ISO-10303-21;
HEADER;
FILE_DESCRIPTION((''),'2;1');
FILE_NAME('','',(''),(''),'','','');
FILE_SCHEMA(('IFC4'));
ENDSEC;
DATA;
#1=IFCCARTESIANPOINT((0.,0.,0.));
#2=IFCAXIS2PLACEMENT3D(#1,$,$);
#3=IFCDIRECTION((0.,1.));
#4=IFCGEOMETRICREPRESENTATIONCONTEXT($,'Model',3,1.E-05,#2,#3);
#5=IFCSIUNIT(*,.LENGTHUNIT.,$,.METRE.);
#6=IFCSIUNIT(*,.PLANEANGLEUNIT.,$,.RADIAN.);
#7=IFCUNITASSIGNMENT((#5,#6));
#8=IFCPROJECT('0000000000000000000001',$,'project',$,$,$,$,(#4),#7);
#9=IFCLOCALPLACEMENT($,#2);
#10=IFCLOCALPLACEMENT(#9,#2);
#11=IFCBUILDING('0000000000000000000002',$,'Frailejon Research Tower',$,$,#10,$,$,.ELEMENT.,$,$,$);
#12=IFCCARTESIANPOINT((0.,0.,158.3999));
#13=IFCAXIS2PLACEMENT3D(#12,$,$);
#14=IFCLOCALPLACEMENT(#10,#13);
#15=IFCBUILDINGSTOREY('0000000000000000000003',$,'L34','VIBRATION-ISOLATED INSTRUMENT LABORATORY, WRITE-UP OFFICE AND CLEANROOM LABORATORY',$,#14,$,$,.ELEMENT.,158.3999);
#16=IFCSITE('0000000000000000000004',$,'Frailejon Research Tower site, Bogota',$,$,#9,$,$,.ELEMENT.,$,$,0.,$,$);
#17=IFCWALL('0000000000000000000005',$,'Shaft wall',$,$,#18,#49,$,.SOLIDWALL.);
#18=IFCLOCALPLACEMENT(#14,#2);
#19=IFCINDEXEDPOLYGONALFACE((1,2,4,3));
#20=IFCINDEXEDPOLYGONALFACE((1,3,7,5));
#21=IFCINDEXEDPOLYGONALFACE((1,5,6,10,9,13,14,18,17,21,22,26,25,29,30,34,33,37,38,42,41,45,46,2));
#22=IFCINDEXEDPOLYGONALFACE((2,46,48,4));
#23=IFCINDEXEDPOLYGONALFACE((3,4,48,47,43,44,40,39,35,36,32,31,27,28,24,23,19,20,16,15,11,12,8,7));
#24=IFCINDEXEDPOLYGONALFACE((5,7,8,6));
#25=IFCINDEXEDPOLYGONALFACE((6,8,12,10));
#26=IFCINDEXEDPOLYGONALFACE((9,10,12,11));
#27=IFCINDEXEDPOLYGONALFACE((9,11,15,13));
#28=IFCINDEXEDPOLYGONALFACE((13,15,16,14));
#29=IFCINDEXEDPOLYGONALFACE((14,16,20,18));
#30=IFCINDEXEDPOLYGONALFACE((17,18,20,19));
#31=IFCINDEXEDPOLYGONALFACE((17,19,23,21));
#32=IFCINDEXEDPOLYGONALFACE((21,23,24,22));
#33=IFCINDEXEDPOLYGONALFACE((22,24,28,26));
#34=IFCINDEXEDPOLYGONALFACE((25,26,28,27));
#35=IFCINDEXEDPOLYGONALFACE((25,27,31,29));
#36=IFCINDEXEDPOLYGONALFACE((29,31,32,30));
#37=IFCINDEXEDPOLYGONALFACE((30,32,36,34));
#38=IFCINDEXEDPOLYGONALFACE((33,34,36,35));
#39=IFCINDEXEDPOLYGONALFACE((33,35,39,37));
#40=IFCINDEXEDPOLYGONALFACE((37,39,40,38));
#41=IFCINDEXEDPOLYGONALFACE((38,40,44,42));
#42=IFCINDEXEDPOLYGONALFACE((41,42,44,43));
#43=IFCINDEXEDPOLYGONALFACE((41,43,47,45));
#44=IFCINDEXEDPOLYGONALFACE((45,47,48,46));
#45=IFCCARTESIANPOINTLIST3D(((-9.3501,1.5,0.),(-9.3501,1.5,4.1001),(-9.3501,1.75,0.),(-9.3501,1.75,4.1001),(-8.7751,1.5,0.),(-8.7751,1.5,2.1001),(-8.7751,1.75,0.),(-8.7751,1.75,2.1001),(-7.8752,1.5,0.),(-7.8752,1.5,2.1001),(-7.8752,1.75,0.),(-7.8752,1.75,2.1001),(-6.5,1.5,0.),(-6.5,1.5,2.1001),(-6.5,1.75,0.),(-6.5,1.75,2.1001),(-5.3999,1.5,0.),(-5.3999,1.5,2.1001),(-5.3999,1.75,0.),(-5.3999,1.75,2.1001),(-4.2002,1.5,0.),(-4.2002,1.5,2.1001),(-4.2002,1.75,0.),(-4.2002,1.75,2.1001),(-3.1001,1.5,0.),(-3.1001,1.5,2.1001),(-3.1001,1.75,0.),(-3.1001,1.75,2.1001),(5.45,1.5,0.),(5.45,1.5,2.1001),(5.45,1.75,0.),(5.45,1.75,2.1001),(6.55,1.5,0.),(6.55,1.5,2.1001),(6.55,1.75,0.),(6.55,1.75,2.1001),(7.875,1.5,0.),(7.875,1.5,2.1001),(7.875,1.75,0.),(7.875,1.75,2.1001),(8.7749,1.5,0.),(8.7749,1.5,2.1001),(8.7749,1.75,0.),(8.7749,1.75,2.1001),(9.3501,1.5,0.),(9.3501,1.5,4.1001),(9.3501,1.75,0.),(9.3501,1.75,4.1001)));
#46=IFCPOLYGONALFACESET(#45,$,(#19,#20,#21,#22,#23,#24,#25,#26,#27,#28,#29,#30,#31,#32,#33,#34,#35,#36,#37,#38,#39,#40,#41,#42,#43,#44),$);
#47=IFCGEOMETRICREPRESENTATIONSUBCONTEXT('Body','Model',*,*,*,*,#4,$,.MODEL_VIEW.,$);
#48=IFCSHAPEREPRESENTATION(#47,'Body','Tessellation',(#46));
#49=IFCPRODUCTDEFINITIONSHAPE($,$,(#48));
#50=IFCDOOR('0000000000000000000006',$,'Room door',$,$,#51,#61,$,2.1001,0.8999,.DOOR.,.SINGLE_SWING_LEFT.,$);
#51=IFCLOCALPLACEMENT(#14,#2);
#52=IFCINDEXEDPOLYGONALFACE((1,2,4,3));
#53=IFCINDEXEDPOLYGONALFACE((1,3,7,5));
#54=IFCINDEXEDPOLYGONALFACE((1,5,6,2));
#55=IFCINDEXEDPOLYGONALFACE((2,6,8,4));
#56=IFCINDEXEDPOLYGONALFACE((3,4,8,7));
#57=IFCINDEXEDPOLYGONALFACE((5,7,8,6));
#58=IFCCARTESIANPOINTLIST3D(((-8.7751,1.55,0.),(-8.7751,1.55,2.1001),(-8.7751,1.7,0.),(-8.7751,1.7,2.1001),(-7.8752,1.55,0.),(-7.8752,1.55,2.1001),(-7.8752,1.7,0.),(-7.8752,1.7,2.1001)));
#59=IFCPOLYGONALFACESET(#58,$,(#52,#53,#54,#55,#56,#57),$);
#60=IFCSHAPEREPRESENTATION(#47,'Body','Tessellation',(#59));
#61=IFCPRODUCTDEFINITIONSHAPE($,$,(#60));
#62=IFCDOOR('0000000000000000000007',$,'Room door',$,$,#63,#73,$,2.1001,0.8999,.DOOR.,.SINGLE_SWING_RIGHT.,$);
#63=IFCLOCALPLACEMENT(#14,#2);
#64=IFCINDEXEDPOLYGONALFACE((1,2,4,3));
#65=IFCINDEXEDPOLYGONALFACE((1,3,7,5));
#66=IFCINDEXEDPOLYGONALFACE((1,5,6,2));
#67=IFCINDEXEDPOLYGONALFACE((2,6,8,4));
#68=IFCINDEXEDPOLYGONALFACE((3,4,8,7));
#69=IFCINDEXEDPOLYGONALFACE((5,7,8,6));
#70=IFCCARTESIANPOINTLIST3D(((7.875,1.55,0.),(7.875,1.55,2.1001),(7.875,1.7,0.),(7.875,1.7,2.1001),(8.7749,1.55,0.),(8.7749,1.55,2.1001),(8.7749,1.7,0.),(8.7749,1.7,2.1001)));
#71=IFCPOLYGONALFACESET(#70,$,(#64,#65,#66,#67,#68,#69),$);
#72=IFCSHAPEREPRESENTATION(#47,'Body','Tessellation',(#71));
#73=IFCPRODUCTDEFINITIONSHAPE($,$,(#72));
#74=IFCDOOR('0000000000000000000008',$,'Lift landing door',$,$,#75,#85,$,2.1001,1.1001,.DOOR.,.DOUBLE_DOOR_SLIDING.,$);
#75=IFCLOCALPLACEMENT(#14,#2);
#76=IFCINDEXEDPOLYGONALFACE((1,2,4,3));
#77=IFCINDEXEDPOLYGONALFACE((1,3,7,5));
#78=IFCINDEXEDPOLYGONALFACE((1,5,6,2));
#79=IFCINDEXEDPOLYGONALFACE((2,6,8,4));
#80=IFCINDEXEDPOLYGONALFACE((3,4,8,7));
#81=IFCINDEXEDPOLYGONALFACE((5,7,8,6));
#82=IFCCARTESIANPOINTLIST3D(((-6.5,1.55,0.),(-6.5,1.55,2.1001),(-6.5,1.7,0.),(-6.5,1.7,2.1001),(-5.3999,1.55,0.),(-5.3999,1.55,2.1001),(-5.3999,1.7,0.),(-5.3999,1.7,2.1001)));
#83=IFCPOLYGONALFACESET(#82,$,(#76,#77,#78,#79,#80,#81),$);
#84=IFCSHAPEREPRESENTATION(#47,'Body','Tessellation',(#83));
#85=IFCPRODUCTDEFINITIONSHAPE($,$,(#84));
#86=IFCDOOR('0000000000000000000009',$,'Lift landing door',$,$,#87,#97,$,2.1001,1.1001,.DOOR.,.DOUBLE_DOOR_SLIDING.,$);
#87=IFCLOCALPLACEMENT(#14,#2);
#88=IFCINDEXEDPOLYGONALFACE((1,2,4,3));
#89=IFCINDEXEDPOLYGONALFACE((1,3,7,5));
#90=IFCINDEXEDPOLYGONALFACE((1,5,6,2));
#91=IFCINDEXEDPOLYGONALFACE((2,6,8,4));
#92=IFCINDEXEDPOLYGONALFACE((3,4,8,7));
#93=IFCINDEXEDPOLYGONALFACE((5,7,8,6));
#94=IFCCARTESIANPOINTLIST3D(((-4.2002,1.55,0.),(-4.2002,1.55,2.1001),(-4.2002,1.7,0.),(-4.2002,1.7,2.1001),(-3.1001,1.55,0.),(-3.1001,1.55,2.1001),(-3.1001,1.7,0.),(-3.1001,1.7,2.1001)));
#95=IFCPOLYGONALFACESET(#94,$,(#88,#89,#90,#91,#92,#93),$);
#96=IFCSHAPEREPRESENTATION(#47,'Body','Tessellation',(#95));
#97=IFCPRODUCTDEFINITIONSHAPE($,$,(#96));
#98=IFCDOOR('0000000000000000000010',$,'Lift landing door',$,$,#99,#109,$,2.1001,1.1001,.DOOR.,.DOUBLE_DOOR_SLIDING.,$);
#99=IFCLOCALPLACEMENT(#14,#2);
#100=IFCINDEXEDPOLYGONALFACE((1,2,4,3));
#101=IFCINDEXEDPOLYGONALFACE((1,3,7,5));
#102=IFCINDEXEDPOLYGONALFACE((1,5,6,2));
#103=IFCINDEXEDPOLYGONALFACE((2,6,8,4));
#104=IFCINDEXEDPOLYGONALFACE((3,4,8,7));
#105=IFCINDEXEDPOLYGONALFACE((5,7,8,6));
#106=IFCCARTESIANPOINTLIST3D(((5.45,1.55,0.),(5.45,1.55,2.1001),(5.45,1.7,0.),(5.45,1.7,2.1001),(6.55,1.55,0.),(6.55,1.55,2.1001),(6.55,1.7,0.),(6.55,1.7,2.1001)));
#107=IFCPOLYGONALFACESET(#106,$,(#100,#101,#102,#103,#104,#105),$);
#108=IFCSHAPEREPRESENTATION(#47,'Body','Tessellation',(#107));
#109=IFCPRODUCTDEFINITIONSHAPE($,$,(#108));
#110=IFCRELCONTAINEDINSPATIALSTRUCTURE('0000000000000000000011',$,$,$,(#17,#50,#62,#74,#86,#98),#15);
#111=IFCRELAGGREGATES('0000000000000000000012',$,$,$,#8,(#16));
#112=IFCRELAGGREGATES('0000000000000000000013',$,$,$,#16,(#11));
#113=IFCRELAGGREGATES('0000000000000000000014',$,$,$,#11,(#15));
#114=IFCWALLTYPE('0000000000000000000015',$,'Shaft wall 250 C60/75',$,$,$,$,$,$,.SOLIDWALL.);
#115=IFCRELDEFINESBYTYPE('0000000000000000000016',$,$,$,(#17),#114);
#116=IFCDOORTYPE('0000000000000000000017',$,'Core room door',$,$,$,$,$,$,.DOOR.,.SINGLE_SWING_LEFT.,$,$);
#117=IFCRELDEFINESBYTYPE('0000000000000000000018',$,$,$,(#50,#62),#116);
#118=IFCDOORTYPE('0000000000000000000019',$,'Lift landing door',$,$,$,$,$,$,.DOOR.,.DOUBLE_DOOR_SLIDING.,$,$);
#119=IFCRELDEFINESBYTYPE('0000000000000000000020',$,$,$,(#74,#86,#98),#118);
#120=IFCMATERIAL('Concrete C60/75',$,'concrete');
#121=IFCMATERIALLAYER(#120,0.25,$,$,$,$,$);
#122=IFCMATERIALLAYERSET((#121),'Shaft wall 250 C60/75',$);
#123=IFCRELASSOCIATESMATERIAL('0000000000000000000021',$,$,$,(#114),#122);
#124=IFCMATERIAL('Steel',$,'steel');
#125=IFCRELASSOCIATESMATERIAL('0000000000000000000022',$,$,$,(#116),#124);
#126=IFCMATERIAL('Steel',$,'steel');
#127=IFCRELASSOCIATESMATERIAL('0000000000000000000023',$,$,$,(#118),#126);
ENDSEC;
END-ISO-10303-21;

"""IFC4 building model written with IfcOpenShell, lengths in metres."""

from ifc_helpers import new_model, si_unit, direction, frame, frame_2d, origin, place, context, subcontext, project, spatial, rectangle, extrude, material, layer, layer_set, type_object, element, fill, save


model = new_model("IFC4")

# Units and contexts
model_context = context("Model", 3, precision=1e-05, world=origin(), true_north=direction((0.0, 1.0)))
body_context = subcontext(model_context, "Body", "Model", "MODEL_VIEW")
ifc_project = project(units=[si_unit("LENGTHUNIT", "METRE"), si_unit("PLANEANGLEUNIT", "RADIAN")], contexts=[model_context])

# Site, building, storey
site_placement = place(None, origin())
site = spatial("IfcSite", under=ifc_project, at=site_placement, Name="Frailejon Research Tower site, Bogota", CompositionType="ELEMENT", RefElevation=0.0)
building_placement = place(site_placement, origin())
building = spatial("IfcBuilding", under=site, at=building_placement, Name="Frailejon Research Tower", CompositionType="ELEMENT")
storey_placement = place(building_placement, frame((0.0, 0.0, 158.3999)))
storey = spatial("IfcBuildingStorey", under=building, at=storey_placement, Name="L34", Description="VIBRATION-ISOLATED INSTRUMENT LABORATORY, WRITE-UP OFFICE AND CLEANROOM LABORATORY", CompositionType="ELEMENT", Elevation=158.3999)

# Wall, openings, doors
ifc_material_1 = material(Name="Concrete C60/75", Category="concrete")
ifc_layer_1 = layer(ifc_material_1, 0.25)
ifc_layer_set_1 = layer_set([ifc_layer_1], Name="Shaft wall 250 C60/75")
wall_type_1 = type_object("IfcWallType", Name="Shaft wall 250 C60/75", PredefinedType="SOLIDWALL", material=ifc_layer_set_1)
ifc_material_2 = material(Name="Steel", Category="steel")
door_type_1 = type_object("IfcDoorType", Name="Core room door", OperationType="SINGLE_SWING_LEFT", PredefinedType="DOOR", material=ifc_material_2)
wall_1_placement = place(storey_placement, frame((-9.3501, 1.625, 0.0), z_axis=(0.0, 0.0, 1.0), x_axis=(1.0, 0.0, 0.0)))
wall_1 = element("IfcWall", 1, at=wall_1_placement, inside=storey, type_object=wall_type_1, Name="Shaft wall", PredefinedType="SOLIDWALL", context=body_context, shape_type="SweptSolid", body=[
    extrude(rectangle(XDim=18.7002, YDim=0.25, at=frame_2d((9.3501, 0.0))), origin(), (0.0, 0.0, 1.0), 4.1001),
])
opening_1_placement = place(wall_1_placement, frame((2.8501, 0.0, 0.0)))
opening_1 = element("IfcOpeningElement", 2, at=opening_1_placement, cuts=wall_1, PredefinedType="OPENING", context=body_context, shape_type="SweptSolid", body=[
    extrude(rectangle(XDim=1.1001, YDim=2.1001, at=frame_2d((0.55, 1.05))), frame((0.0, 0.135, 0.0), z_axis=(0.0, -1.0, 0.0), x_axis=(1.0, 0.0, 0.0)), (0.0, 0.0, 1.0), 0.27),
])
opening_2_placement = place(wall_1_placement, frame((5.1499, 0.0, 0.0)))
opening_2 = element("IfcOpeningElement", 3, at=opening_2_placement, cuts=wall_1, PredefinedType="OPENING", context=body_context, shape_type="SweptSolid", body=[
    extrude(rectangle(XDim=1.1001, YDim=2.1001, at=frame_2d((0.55, 1.05))), frame((0.0, 0.135, 0.0), z_axis=(0.0, -1.0, 0.0), x_axis=(1.0, 0.0, 0.0)), (0.0, 0.0, 1.0), 0.27),
])
opening_3_placement = place(wall_1_placement, frame((14.8, 0.0, 0.0)))
opening_3 = element("IfcOpeningElement", 4, at=opening_3_placement, cuts=wall_1, PredefinedType="OPENING", context=body_context, shape_type="SweptSolid", body=[
    extrude(rectangle(XDim=1.1001, YDim=2.1001, at=frame_2d((0.55, 1.05))), frame((0.0, 0.135, 0.0), z_axis=(0.0, -1.0, 0.0), x_axis=(1.0, 0.0, 0.0)), (0.0, 0.0, 1.0), 0.27),
])
opening_4_placement = place(wall_1_placement, frame((0.575, 0.0, 0.0)))
opening_4 = element("IfcOpeningElement", 5, at=opening_4_placement, cuts=wall_1, PredefinedType="OPENING", context=body_context, shape_type="SweptSolid", body=[
    extrude(rectangle(XDim=0.8999, YDim=2.1001, at=frame_2d((0.45, 1.05))), frame((0.0, 0.135, 0.0), z_axis=(0.0, -1.0, 0.0), x_axis=(1.0, 0.0, 0.0)), (0.0, 0.0, 1.0), 0.27),
])
opening_5_placement = place(wall_1_placement, frame((17.2251, 0.0, 0.0)))
opening_5 = element("IfcOpeningElement", 6, at=opening_5_placement, cuts=wall_1, PredefinedType="OPENING", context=body_context, shape_type="SweptSolid", body=[
    extrude(rectangle(XDim=0.8999, YDim=2.1001, at=frame_2d((0.45, 1.05))), frame((0.0, 0.135, 0.0), z_axis=(0.0, -1.0, 0.0), x_axis=(1.0, 0.0, 0.0)), (0.0, 0.0, 1.0), 0.27),
])
door_1_placement = place(opening_4_placement, origin())
door_1 = element("IfcDoor", 7, at=door_1_placement, inside=storey, type_object=door_type_1, Name="Room door", OperationType="SINGLE_SWING_LEFT", OverallHeight=2.1001, OverallWidth=0.8999, PredefinedType="DOOR", context=body_context, shape_type="SweptSolid", body=[
    extrude(rectangle(XDim=0.8999, YDim=2.1001, at=frame_2d((0.45, 1.05))), frame((0.0, 0.075, 0.0), z_axis=(0.0, -1.0, 0.0), x_axis=(1.0, 0.0, 0.0)), (0.0, 0.0, 1.0), 0.1499),
])
fill(opening_4, door_1)
door_2_placement = place(opening_5_placement, origin())
door_2 = element("IfcDoor", 8, at=door_2_placement, inside=storey, type_object=door_type_1, Name="Room door", OperationType="SINGLE_SWING_RIGHT", OverallHeight=2.1001, OverallWidth=0.8999, PredefinedType="DOOR", context=body_context, shape_type="SweptSolid", body=[
    extrude(rectangle(XDim=0.8999, YDim=2.1001, at=frame_2d((0.45, 1.05))), frame((0.0, 0.075, 0.0), z_axis=(0.0, -1.0, 0.0), x_axis=(1.0, 0.0, 0.0)), (0.0, 0.0, 1.0), 0.1499),
])
fill(opening_5, door_2)
ifc_material_3 = material(Name="Steel", Category="steel")
door_type_2 = type_object("IfcDoorType", Name="Lift landing door", OperationType="DOUBLE_DOOR_SLIDING", PredefinedType="DOOR", material=ifc_material_3)
door_3_placement = place(opening_1_placement, origin())
door_3 = element("IfcDoor", 9, at=door_3_placement, inside=storey, type_object=door_type_2, Name="Lift landing door", OperationType="DOUBLE_DOOR_SLIDING", OverallHeight=2.1001, OverallWidth=1.1001, PredefinedType="DOOR", context=body_context, shape_type="SweptSolid", body=[
    extrude(rectangle(XDim=1.1001, YDim=2.1001, at=frame_2d((0.55, 1.05))), frame((0.0, 0.075, 0.0), z_axis=(0.0, -1.0, 0.0), x_axis=(1.0, 0.0, 0.0)), (0.0, 0.0, 1.0), 0.1499),
])
fill(opening_1, door_3)
door_4_placement = place(opening_2_placement, origin())
door_4 = element("IfcDoor", 10, at=door_4_placement, inside=storey, type_object=door_type_2, Name="Lift landing door", OperationType="DOUBLE_DOOR_SLIDING", OverallHeight=2.1001, OverallWidth=1.1001, PredefinedType="DOOR", context=body_context, shape_type="SweptSolid", body=[
    extrude(rectangle(XDim=1.1001, YDim=2.1001, at=frame_2d((0.55, 1.05))), frame((0.0, 0.075, 0.0), z_axis=(0.0, -1.0, 0.0), x_axis=(1.0, 0.0, 0.0)), (0.0, 0.0, 1.0), 0.1499),
])
fill(opening_2, door_4)
door_5_placement = place(opening_3_placement, origin())
door_5 = element("IfcDoor", 11, at=door_5_placement, inside=storey, type_object=door_type_2, Name="Lift landing door", OperationType="DOUBLE_DOOR_SLIDING", OverallHeight=2.1001, OverallWidth=1.1001, PredefinedType="DOOR", context=body_context, shape_type="SweptSolid", body=[
    extrude(rectangle(XDim=1.1001, YDim=2.1001, at=frame_2d((0.55, 1.05))), frame((0.0, 0.075, 0.0), z_axis=(0.0, -1.0, 0.0), x_axis=(1.0, 0.0, 0.0)), (0.0, 0.0, 1.0), 0.1499),
])
fill(opening_3, door_5)

save(model, "model.ifc")
